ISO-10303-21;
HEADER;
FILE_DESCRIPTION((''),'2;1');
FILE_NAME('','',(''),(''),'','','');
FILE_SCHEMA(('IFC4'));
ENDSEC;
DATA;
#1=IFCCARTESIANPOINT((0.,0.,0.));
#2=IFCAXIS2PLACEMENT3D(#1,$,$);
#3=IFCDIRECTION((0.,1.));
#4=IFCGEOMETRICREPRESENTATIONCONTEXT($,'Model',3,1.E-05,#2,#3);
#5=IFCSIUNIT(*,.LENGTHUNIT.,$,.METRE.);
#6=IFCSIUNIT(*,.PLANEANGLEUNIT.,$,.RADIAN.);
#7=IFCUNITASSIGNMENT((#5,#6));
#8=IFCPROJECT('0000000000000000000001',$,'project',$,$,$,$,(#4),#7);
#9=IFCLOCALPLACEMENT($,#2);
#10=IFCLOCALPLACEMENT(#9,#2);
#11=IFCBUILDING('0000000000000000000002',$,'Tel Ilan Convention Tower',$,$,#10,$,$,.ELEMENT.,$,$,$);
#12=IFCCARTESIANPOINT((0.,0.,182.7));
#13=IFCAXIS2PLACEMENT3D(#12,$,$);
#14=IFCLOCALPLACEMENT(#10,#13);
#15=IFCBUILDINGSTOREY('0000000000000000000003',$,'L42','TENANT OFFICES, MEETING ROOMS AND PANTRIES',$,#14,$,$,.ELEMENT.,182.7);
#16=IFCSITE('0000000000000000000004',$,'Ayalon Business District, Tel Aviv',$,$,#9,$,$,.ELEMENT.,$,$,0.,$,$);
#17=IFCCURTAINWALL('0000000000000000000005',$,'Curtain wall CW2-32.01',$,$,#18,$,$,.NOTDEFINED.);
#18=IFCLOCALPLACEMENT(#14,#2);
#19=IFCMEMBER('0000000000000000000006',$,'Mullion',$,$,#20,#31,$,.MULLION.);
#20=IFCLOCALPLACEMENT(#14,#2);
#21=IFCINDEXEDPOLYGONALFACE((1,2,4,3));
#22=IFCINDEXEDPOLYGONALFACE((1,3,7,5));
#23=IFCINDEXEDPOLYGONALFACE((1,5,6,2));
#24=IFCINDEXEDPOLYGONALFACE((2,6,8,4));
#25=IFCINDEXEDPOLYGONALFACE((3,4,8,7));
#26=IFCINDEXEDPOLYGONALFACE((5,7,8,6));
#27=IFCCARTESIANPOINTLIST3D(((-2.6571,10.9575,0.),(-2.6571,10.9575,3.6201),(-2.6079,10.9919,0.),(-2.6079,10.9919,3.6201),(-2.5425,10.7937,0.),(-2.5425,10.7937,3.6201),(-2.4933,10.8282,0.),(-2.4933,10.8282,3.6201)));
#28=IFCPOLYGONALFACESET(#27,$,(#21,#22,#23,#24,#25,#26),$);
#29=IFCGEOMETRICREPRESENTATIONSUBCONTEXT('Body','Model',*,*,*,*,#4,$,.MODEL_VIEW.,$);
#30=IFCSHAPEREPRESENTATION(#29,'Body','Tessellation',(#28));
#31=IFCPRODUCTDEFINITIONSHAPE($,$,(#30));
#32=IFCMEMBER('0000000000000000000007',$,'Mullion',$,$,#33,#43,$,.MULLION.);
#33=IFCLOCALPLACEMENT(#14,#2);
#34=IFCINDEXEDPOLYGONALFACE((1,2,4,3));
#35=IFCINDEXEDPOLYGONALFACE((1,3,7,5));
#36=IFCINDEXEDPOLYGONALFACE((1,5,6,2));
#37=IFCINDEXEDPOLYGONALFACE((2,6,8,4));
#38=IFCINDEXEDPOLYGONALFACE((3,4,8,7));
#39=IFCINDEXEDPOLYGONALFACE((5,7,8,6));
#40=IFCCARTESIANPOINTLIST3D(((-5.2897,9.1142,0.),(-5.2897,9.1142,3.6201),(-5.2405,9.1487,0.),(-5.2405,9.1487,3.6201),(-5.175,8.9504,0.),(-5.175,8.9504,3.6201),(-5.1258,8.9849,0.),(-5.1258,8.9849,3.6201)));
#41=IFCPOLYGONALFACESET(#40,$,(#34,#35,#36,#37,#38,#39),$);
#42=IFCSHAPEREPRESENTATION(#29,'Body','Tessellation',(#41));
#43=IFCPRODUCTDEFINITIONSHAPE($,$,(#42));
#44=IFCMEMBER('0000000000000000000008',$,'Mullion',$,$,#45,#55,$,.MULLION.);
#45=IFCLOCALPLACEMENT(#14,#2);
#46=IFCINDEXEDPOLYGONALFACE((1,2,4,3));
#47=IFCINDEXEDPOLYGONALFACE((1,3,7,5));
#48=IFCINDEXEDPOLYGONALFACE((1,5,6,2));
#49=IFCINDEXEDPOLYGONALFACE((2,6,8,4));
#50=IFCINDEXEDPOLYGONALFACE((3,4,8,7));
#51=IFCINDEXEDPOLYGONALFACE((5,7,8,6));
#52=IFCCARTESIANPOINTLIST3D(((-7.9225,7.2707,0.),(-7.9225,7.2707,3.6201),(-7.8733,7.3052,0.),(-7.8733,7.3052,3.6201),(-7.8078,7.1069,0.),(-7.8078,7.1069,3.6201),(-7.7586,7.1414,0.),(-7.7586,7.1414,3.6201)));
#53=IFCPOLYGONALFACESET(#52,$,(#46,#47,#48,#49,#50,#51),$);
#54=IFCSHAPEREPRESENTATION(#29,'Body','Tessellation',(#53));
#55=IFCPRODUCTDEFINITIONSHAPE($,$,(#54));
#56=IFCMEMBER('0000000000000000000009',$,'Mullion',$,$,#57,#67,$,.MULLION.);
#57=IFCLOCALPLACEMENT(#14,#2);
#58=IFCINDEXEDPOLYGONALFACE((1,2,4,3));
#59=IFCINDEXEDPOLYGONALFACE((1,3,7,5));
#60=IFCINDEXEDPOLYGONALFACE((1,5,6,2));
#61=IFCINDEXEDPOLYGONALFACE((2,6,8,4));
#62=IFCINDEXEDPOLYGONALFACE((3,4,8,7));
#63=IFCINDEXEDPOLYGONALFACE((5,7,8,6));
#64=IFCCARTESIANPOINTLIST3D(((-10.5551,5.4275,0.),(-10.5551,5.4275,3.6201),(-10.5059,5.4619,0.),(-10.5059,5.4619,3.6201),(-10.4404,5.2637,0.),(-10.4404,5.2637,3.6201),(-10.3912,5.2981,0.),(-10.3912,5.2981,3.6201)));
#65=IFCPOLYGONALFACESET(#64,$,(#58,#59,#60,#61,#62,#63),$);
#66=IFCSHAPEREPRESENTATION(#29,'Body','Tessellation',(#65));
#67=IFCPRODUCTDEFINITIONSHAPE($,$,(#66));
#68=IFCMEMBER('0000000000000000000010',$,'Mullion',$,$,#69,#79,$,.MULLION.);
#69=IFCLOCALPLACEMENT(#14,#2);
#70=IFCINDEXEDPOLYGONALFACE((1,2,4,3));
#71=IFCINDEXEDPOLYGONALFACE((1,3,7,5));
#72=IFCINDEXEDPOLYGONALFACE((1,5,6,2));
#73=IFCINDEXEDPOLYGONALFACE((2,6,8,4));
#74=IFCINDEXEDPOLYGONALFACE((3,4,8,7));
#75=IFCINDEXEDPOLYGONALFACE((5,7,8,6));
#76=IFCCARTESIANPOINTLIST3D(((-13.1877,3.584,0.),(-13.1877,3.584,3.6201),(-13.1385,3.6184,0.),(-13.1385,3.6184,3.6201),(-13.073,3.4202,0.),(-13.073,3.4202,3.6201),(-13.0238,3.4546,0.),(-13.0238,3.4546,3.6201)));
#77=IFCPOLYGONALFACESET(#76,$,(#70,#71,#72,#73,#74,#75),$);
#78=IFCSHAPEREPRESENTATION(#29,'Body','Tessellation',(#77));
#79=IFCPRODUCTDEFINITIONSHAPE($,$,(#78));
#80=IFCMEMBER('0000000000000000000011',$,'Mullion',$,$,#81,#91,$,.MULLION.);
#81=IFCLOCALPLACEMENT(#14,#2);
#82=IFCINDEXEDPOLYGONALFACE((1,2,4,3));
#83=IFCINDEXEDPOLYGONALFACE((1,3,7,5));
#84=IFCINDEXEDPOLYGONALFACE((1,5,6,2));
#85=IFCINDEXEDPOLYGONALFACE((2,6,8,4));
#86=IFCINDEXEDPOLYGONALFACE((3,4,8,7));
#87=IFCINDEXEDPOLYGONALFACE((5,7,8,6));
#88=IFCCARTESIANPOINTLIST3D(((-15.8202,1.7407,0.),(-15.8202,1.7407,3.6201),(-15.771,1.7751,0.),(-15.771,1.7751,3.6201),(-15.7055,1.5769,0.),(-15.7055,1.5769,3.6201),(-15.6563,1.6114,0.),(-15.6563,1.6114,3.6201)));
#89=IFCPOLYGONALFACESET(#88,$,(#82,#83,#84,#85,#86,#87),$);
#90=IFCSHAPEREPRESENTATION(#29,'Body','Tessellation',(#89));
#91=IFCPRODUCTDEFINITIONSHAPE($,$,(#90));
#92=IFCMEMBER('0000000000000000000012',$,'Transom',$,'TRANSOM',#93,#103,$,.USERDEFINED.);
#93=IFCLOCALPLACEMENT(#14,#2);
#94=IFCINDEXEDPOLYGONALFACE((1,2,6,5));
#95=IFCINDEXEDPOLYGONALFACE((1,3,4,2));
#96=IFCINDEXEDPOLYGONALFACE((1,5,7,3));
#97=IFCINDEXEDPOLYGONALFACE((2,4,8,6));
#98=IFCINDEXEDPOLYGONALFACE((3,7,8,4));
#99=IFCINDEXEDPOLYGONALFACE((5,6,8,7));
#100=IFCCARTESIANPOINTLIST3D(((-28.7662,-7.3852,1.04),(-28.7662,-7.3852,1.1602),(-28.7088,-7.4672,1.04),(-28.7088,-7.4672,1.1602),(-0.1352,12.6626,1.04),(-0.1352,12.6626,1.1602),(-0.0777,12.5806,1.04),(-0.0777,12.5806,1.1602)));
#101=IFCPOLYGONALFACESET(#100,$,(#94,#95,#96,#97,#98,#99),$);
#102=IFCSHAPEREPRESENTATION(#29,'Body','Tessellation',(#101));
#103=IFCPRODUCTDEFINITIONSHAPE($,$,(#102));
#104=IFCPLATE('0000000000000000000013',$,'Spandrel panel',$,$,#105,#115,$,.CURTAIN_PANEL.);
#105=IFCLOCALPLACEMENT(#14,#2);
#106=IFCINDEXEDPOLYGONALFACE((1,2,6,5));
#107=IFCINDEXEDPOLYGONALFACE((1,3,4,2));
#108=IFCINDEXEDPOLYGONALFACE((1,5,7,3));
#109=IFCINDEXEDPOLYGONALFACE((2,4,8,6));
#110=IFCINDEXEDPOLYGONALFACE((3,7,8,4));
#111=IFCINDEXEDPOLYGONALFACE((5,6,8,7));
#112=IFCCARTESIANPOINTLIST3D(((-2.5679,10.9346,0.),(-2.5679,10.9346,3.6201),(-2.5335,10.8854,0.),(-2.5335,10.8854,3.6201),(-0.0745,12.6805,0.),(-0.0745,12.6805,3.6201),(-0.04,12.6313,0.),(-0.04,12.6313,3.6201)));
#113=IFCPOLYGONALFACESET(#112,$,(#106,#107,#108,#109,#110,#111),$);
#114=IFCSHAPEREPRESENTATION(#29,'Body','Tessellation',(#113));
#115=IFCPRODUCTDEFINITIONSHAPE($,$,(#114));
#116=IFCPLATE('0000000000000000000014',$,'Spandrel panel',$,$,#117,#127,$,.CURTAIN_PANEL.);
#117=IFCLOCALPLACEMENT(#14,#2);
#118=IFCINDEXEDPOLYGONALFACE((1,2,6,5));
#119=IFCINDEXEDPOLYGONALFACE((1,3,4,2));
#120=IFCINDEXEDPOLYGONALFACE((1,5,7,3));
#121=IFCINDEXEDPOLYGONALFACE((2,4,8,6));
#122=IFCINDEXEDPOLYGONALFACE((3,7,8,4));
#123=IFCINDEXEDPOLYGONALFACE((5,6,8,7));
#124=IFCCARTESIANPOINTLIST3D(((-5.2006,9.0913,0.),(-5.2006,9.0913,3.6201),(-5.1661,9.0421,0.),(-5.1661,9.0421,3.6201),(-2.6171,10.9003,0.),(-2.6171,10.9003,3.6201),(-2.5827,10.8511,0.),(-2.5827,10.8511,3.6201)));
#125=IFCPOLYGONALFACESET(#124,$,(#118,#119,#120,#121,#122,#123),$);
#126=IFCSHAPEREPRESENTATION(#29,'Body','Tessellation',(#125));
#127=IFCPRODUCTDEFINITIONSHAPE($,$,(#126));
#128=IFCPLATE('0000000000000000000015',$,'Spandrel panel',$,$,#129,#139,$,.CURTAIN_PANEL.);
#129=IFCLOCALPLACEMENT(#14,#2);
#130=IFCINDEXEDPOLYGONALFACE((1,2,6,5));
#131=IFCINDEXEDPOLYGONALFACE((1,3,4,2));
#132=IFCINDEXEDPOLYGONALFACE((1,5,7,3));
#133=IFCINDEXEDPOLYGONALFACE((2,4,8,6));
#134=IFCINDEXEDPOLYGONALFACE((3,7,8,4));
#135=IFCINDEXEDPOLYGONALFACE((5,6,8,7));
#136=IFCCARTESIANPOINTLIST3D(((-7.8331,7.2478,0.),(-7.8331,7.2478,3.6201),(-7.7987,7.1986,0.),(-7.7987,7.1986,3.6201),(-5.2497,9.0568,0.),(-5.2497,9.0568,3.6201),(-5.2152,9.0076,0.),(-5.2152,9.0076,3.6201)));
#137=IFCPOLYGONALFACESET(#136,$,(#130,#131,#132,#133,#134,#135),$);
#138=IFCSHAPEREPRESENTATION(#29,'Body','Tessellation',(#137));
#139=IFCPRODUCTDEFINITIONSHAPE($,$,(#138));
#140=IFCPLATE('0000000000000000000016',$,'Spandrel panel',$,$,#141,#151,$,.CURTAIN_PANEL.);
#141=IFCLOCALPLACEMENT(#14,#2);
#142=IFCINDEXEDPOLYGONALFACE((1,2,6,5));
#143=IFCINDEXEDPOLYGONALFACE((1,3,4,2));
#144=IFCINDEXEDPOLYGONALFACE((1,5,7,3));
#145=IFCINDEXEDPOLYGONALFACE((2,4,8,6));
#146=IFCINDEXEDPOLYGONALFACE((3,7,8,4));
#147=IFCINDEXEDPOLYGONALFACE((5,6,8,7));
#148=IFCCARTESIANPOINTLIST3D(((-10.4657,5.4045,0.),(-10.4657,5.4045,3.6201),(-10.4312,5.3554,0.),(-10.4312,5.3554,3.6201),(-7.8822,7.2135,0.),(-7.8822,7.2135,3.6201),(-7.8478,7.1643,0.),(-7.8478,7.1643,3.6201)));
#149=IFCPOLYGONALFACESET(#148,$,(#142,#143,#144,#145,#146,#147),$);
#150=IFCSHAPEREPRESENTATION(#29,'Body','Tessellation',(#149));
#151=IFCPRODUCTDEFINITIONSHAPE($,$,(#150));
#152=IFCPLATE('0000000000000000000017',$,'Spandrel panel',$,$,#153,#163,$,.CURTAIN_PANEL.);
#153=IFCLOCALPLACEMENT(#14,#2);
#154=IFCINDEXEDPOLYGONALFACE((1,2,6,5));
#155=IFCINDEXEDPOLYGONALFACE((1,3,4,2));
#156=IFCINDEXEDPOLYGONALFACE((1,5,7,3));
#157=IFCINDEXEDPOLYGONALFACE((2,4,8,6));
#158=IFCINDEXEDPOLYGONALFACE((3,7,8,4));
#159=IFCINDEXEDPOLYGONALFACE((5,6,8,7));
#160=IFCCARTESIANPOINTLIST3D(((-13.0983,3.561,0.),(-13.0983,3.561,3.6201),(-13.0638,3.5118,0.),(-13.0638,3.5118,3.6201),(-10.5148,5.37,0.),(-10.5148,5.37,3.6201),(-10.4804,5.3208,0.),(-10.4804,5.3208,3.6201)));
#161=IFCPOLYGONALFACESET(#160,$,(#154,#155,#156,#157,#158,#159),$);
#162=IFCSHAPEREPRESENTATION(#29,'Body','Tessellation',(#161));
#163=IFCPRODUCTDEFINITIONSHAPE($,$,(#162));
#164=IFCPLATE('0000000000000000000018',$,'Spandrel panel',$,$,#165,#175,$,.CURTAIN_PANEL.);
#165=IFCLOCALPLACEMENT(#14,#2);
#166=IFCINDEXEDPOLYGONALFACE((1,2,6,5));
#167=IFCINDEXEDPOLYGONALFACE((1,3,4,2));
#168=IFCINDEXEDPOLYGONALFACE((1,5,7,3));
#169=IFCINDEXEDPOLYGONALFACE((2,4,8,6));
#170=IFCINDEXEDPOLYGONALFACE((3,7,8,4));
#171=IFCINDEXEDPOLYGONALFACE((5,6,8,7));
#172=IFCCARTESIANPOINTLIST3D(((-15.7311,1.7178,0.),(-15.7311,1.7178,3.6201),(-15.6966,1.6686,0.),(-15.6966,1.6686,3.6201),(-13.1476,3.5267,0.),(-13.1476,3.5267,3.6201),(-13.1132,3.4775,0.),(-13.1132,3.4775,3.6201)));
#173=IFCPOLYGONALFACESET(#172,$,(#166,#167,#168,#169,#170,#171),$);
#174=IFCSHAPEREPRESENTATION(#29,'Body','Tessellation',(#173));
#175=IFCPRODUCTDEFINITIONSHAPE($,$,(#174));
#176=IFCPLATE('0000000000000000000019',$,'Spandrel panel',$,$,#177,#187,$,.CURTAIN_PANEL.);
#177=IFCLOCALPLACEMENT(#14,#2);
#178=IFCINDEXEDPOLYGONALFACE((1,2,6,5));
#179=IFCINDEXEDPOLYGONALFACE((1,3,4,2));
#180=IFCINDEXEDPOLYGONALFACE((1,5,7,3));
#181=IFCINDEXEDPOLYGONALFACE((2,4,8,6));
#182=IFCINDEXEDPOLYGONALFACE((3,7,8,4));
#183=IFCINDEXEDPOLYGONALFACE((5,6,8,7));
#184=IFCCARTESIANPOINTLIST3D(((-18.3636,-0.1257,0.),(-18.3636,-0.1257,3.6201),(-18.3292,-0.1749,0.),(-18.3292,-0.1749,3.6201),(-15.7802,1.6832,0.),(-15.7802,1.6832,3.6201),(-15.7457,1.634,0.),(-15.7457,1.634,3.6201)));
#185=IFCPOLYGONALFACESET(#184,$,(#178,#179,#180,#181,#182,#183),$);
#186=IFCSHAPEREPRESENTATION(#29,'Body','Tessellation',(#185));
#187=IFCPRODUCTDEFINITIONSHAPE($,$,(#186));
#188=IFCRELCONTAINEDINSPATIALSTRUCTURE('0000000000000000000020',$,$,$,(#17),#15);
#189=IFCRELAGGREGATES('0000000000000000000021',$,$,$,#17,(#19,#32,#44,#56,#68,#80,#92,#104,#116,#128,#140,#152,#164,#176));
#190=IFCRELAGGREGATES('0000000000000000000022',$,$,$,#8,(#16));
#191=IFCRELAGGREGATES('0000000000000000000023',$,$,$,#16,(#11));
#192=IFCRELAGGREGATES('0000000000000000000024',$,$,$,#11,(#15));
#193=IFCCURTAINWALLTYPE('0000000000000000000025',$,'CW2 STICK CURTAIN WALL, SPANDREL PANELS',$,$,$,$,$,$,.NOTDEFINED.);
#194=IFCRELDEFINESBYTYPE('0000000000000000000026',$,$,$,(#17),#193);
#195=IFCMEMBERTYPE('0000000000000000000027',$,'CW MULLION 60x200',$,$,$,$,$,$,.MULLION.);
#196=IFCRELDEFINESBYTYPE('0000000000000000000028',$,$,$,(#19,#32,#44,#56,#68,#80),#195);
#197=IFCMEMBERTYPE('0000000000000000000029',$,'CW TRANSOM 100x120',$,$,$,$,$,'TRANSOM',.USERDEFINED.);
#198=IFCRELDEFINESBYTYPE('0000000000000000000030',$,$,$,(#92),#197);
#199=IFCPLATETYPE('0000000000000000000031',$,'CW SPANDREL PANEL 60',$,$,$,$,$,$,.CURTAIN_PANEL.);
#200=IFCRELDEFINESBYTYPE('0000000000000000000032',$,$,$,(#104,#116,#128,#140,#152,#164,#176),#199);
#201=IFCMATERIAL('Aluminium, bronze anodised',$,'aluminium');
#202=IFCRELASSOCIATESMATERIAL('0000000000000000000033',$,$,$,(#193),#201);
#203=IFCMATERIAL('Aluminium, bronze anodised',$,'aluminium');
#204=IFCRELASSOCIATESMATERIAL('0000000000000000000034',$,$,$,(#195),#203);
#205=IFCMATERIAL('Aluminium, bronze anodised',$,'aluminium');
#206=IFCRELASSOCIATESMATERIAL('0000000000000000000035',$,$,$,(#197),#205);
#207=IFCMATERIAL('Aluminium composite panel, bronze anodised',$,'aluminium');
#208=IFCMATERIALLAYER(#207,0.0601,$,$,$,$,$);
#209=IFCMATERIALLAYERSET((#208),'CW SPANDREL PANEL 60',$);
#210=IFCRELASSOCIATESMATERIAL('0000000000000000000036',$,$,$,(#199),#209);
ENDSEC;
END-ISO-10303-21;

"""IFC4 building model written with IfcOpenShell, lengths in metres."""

from ifc_helpers import new_model, si_unit, direction, frame, origin, origin_2d, place, context, subcontext, project, spatial, rectangle, extrude, material, layer, layer_set, material_profile, profile_set, type_object, element, aggregate, save


model = new_model("IFC4")

# Units and contexts
model_context = context("Model", 3, precision=1e-05, world=origin(), true_north=direction((0.0, 1.0)))
body_context = subcontext(model_context, "Body", "Model", "MODEL_VIEW")
ifc_project = project(units=[si_unit("LENGTHUNIT", "METRE"), si_unit("PLANEANGLEUNIT", "RADIAN")], contexts=[model_context])

# Site, building, storey
site_placement = place(None, origin())
site = spatial("IfcSite", under=ifc_project, at=site_placement, Name="Ayalon Business District, Tel Aviv", CompositionType="ELEMENT", RefElevation=0.0)
building_placement = place(site_placement, origin())
building = spatial("IfcBuilding", under=site, at=building_placement, Name="Tel Ilan Convention Tower", CompositionType="ELEMENT")
storey_placement = place(building_placement, frame((0.0, 0.0, 182.7)))
storey = spatial("IfcBuildingStorey", under=building, at=storey_placement, Name="L42", Description="TENANT OFFICES, MEETING ROOMS AND PANTRIES", CompositionType="ELEMENT", Elevation=182.7)

# Curtain wall, members, plates
ifc_material_1 = material(Name="Aluminium, bronze anodised", Category="aluminium")
curtain_wall_type = type_object("IfcCurtainWallType", Name="CW2 STICK CURTAIN WALL, SPANDREL PANELS", PredefinedType="NOTDEFINED", material=ifc_material_1)
curtain_wall_placement = place(storey_placement, origin())
curtain_wall = element("IfcCurtainWall", 1, at=curtain_wall_placement, inside=storey, type_object=curtain_wall_type, Name="Curtain wall CW2-32.01", PredefinedType="NOTDEFINED")
ifc_material_2 = material(Name="Aluminium, bronze anodised", Category="aluminium")
ifc_material_profile_1 = material_profile(ifc_material_2, rectangle(XDim=0.0601, YDim=0.2, at=origin_2d()), Name="CW MULLION 60x200")
ifc_profile_set_1 = profile_set([ifc_material_profile_1], Name="Aluminium, bronze anodised")
member_type_1 = type_object("IfcMemberType", Name="CW MULLION 60x200", PredefinedType="MULLION", material=ifc_profile_set_1)
member_1_placement = place(storey_placement, frame((-2.5752, 10.8928, 0.0), z_axis=(0.0, 0.0, 1.0), x_axis=(-0.819152, -0.573576, 0.0)))
member_1 = element("IfcMember", 2, at=member_1_placement, type_object=member_type_1, Name="Mullion", PredefinedType="MULLION", context=body_context, shape_type="SweptSolid", body=[
    extrude(rectangle(XDim=0.0601, YDim=0.2, at=origin_2d()), origin(), (0.0, 0.0, 1.0), 3.6201),
])
member_2_placement = place(storey_placement, frame((-5.2078, 9.0496, 0.0), z_axis=(0.0, 0.0, 1.0), x_axis=(-0.819152, -0.573576, 0.0)))
member_2 = element("IfcMember", 3, at=member_2_placement, type_object=member_type_1, Name="Mullion", PredefinedType="MULLION", context=body_context, shape_type="SweptSolid", body=[
    extrude(rectangle(XDim=0.0601, YDim=0.2, at=origin_2d()), origin(), (0.0, 0.0, 1.0), 3.6201),
])
member_3_placement = place(storey_placement, frame((-7.8406, 7.2061, 0.0), z_axis=(0.0, 0.0, 1.0), x_axis=(-0.819152, -0.573576, 0.0)))
member_3 = element("IfcMember", 4, at=member_3_placement, type_object=member_type_1, Name="Mullion", PredefinedType="MULLION", context=body_context, shape_type="SweptSolid", body=[
    extrude(rectangle(XDim=0.0601, YDim=0.2, at=origin_2d()), origin(), (0.0, 0.0, 1.0), 3.6201),
])
member_4_placement = place(storey_placement, frame((-10.4731, 5.3628, 0.0), z_axis=(0.0, 0.0, 1.0), x_axis=(-0.819152, -0.573576, 0.0)))
member_4 = element("IfcMember", 5, at=member_4_placement, type_object=member_type_1, Name="Mullion", PredefinedType="MULLION", context=body_context, shape_type="SweptSolid", body=[
    extrude(rectangle(XDim=0.0601, YDim=0.2, at=origin_2d()), origin(), (0.0, 0.0, 1.0), 3.6201),
])
member_5_placement = place(storey_placement, frame((-13.1057, 3.5193, 0.0), z_axis=(0.0, 0.0, 1.0), x_axis=(-0.819152, -0.573576, 0.0)))
member_5 = element("IfcMember", 6, at=member_5_placement, type_object=member_type_1, Name="Mullion", PredefinedType="MULLION", context=body_context, shape_type="SweptSolid", body=[
    extrude(rectangle(XDim=0.0601, YDim=0.2, at=origin_2d()), origin(), (0.0, 0.0, 1.0), 3.6201),
])
member_6_placement = place(storey_placement, frame((-15.7383, 1.676, 0.0), z_axis=(0.0, 0.0, 1.0), x_axis=(-0.819152, -0.573576, 0.0)))
member_6 = element("IfcMember", 7, at=member_6_placement, type_object=member_type_1, Name="Mullion", PredefinedType="MULLION", context=body_context, shape_type="SweptSolid", body=[
    extrude(rectangle(XDim=0.0601, YDim=0.2, at=origin_2d()), origin(), (0.0, 0.0, 1.0), 3.6201),
])
ifc_material_3 = material(Name="Aluminium, bronze anodised", Category="aluminium")
ifc_material_profile_2 = material_profile(ifc_material_3, rectangle(XDim=0.1001, YDim=0.1201, at=origin_2d()), Name="CW TRANSOM 100x120")
ifc_profile_set_2 = profile_set([ifc_material_profile_2], Name="Aluminium, bronze anodised")
member_type_2 = type_object("IfcMemberType", Name="CW TRANSOM 100x120", ElementType="TRANSOM", PredefinedType="USERDEFINED", material=ifc_profile_set_2)
member_7_placement = place(storey_placement, frame((-0.1064, 12.6216, 1.1001), z_axis=(-0.81915, -0.573579, 0.0), x_axis=(0.573579, -0.81915, 0.0)))
member_7 = element("IfcMember", 8, at=member_7_placement, type_object=member_type_2, Name="Transom", ObjectType="TRANSOM", PredefinedType="USERDEFINED", context=body_context, shape_type="SweptSolid", body=[
    extrude(rectangle(XDim=0.1001, YDim=0.1201, at=origin_2d()), origin(), (0.0, 0.0, 1.0), 34.9521),
])
ifc_material_4 = material(Name="Aluminium composite panel, bronze anodised", Category="aluminium")
ifc_layer_1 = layer(ifc_material_4, 0.0601)
ifc_layer_set_1 = layer_set([ifc_layer_1], Name="CW SPANDREL PANEL 60")
plate_type = type_object("IfcPlateType", Name="CW SPANDREL PANEL 60", PredefinedType="CURTAIN_PANEL", material=ifc_layer_set_1)
plate_1_placement = place(storey_placement, frame((-1.304, 11.783, 0.0), z_axis=(0.0, 0.0, 1.0), x_axis=(-0.819152, -0.573576, 0.0)))
plate_1 = element("IfcPlate", 9, at=plate_1_placement, type_object=plate_type, Name="Spandrel panel", PredefinedType="CURTAIN_PANEL", context=body_context, shape_type="SweptSolid", body=[
    extrude(rectangle(XDim=3.0439, YDim=0.0601, at=origin_2d()), origin(), (0.0, 0.0, 1.0), 3.6201),
])
plate_2_placement = place(storey_placement, frame((-3.8916, 9.9712, 0.0), z_axis=(0.0, 0.0, 1.0), x_axis=(-0.819152, -0.573576, 0.0)))
plate_2 = element("IfcPlate", 10, at=plate_2_placement, type_object=plate_type, Name="Spandrel panel", PredefinedType="CURTAIN_PANEL", context=body_context, shape_type="SweptSolid", body=[
    extrude(rectangle(XDim=3.1538, YDim=0.0601, at=origin_2d()), origin(), (0.0, 0.0, 1.0), 3.6201),
])
plate_3_placement = place(storey_placement, frame((-6.5242, 8.1277, 0.0), z_axis=(0.0, 0.0, 1.0), x_axis=(-0.819152, -0.573576, 0.0)))
plate_3 = element("IfcPlate", 11, at=plate_3_placement, type_object=plate_type, Name="Spandrel panel", PredefinedType="CURTAIN_PANEL", context=body_context, shape_type="SweptSolid", body=[
    extrude(rectangle(XDim=3.1538, YDim=0.0601, at=origin_2d()), origin(), (0.0, 0.0, 1.0), 3.6201),
])
plate_4_placement = place(storey_placement, frame((-9.1567, 6.2844, 0.0), z_axis=(0.0, 0.0, 1.0), x_axis=(-0.819152, -0.573576, 0.0)))
plate_4 = element("IfcPlate", 12, at=plate_4_placement, type_object=plate_type, Name="Spandrel panel", PredefinedType="CURTAIN_PANEL", context=body_context, shape_type="SweptSolid", body=[
    extrude(rectangle(XDim=3.1538, YDim=0.0601, at=origin_2d()), origin(), (0.0, 0.0, 1.0), 3.6201),
])
plate_5_placement = place(storey_placement, frame((-11.7893, 4.4409, 0.0), z_axis=(0.0, 0.0, 1.0), x_axis=(-0.819152, -0.573576, 0.0)))
plate_5 = element("IfcPlate", 13, at=plate_5_placement, type_object=plate_type, Name="Spandrel panel", PredefinedType="CURTAIN_PANEL", context=body_context, shape_type="SweptSolid", body=[
    extrude(rectangle(XDim=3.1538, YDim=0.0601, at=origin_2d()), origin(), (0.0, 0.0, 1.0), 3.6201),
])
plate_6_placement = place(storey_placement, frame((-14.4221, 2.5977, 0.0), z_axis=(0.0, 0.0, 1.0), x_axis=(-0.819152, -0.573576, 0.0)))
plate_6 = element("IfcPlate", 14, at=plate_6_placement, type_object=plate_type, Name="Spandrel panel", PredefinedType="CURTAIN_PANEL", context=body_context, shape_type="SweptSolid", body=[
    extrude(rectangle(XDim=3.1538, YDim=0.0601, at=origin_2d()), origin(), (0.0, 0.0, 1.0), 3.6201),
])
plate_7_placement = place(storey_placement, frame((-17.0547, 0.7542, 0.0), z_axis=(0.0, 0.0, 1.0), x_axis=(-0.819152, -0.573576, 0.0)))
plate_7 = element("IfcPlate", 15, at=plate_7_placement, type_object=plate_type, Name="Spandrel panel", PredefinedType="CURTAIN_PANEL", context=body_context, shape_type="SweptSolid", body=[
    extrude(rectangle(XDim=3.1538, YDim=0.0601, at=origin_2d()), origin(), (0.0, 0.0, 1.0), 3.6201),
])
aggregate(curtain_wall, [member_1, member_2, member_3, member_4, member_5, member_6, member_7, plate_1, plate_2, plate_3, plate_4, plate_5, plate_6, plate_7])

save(model, "model.ifc")
